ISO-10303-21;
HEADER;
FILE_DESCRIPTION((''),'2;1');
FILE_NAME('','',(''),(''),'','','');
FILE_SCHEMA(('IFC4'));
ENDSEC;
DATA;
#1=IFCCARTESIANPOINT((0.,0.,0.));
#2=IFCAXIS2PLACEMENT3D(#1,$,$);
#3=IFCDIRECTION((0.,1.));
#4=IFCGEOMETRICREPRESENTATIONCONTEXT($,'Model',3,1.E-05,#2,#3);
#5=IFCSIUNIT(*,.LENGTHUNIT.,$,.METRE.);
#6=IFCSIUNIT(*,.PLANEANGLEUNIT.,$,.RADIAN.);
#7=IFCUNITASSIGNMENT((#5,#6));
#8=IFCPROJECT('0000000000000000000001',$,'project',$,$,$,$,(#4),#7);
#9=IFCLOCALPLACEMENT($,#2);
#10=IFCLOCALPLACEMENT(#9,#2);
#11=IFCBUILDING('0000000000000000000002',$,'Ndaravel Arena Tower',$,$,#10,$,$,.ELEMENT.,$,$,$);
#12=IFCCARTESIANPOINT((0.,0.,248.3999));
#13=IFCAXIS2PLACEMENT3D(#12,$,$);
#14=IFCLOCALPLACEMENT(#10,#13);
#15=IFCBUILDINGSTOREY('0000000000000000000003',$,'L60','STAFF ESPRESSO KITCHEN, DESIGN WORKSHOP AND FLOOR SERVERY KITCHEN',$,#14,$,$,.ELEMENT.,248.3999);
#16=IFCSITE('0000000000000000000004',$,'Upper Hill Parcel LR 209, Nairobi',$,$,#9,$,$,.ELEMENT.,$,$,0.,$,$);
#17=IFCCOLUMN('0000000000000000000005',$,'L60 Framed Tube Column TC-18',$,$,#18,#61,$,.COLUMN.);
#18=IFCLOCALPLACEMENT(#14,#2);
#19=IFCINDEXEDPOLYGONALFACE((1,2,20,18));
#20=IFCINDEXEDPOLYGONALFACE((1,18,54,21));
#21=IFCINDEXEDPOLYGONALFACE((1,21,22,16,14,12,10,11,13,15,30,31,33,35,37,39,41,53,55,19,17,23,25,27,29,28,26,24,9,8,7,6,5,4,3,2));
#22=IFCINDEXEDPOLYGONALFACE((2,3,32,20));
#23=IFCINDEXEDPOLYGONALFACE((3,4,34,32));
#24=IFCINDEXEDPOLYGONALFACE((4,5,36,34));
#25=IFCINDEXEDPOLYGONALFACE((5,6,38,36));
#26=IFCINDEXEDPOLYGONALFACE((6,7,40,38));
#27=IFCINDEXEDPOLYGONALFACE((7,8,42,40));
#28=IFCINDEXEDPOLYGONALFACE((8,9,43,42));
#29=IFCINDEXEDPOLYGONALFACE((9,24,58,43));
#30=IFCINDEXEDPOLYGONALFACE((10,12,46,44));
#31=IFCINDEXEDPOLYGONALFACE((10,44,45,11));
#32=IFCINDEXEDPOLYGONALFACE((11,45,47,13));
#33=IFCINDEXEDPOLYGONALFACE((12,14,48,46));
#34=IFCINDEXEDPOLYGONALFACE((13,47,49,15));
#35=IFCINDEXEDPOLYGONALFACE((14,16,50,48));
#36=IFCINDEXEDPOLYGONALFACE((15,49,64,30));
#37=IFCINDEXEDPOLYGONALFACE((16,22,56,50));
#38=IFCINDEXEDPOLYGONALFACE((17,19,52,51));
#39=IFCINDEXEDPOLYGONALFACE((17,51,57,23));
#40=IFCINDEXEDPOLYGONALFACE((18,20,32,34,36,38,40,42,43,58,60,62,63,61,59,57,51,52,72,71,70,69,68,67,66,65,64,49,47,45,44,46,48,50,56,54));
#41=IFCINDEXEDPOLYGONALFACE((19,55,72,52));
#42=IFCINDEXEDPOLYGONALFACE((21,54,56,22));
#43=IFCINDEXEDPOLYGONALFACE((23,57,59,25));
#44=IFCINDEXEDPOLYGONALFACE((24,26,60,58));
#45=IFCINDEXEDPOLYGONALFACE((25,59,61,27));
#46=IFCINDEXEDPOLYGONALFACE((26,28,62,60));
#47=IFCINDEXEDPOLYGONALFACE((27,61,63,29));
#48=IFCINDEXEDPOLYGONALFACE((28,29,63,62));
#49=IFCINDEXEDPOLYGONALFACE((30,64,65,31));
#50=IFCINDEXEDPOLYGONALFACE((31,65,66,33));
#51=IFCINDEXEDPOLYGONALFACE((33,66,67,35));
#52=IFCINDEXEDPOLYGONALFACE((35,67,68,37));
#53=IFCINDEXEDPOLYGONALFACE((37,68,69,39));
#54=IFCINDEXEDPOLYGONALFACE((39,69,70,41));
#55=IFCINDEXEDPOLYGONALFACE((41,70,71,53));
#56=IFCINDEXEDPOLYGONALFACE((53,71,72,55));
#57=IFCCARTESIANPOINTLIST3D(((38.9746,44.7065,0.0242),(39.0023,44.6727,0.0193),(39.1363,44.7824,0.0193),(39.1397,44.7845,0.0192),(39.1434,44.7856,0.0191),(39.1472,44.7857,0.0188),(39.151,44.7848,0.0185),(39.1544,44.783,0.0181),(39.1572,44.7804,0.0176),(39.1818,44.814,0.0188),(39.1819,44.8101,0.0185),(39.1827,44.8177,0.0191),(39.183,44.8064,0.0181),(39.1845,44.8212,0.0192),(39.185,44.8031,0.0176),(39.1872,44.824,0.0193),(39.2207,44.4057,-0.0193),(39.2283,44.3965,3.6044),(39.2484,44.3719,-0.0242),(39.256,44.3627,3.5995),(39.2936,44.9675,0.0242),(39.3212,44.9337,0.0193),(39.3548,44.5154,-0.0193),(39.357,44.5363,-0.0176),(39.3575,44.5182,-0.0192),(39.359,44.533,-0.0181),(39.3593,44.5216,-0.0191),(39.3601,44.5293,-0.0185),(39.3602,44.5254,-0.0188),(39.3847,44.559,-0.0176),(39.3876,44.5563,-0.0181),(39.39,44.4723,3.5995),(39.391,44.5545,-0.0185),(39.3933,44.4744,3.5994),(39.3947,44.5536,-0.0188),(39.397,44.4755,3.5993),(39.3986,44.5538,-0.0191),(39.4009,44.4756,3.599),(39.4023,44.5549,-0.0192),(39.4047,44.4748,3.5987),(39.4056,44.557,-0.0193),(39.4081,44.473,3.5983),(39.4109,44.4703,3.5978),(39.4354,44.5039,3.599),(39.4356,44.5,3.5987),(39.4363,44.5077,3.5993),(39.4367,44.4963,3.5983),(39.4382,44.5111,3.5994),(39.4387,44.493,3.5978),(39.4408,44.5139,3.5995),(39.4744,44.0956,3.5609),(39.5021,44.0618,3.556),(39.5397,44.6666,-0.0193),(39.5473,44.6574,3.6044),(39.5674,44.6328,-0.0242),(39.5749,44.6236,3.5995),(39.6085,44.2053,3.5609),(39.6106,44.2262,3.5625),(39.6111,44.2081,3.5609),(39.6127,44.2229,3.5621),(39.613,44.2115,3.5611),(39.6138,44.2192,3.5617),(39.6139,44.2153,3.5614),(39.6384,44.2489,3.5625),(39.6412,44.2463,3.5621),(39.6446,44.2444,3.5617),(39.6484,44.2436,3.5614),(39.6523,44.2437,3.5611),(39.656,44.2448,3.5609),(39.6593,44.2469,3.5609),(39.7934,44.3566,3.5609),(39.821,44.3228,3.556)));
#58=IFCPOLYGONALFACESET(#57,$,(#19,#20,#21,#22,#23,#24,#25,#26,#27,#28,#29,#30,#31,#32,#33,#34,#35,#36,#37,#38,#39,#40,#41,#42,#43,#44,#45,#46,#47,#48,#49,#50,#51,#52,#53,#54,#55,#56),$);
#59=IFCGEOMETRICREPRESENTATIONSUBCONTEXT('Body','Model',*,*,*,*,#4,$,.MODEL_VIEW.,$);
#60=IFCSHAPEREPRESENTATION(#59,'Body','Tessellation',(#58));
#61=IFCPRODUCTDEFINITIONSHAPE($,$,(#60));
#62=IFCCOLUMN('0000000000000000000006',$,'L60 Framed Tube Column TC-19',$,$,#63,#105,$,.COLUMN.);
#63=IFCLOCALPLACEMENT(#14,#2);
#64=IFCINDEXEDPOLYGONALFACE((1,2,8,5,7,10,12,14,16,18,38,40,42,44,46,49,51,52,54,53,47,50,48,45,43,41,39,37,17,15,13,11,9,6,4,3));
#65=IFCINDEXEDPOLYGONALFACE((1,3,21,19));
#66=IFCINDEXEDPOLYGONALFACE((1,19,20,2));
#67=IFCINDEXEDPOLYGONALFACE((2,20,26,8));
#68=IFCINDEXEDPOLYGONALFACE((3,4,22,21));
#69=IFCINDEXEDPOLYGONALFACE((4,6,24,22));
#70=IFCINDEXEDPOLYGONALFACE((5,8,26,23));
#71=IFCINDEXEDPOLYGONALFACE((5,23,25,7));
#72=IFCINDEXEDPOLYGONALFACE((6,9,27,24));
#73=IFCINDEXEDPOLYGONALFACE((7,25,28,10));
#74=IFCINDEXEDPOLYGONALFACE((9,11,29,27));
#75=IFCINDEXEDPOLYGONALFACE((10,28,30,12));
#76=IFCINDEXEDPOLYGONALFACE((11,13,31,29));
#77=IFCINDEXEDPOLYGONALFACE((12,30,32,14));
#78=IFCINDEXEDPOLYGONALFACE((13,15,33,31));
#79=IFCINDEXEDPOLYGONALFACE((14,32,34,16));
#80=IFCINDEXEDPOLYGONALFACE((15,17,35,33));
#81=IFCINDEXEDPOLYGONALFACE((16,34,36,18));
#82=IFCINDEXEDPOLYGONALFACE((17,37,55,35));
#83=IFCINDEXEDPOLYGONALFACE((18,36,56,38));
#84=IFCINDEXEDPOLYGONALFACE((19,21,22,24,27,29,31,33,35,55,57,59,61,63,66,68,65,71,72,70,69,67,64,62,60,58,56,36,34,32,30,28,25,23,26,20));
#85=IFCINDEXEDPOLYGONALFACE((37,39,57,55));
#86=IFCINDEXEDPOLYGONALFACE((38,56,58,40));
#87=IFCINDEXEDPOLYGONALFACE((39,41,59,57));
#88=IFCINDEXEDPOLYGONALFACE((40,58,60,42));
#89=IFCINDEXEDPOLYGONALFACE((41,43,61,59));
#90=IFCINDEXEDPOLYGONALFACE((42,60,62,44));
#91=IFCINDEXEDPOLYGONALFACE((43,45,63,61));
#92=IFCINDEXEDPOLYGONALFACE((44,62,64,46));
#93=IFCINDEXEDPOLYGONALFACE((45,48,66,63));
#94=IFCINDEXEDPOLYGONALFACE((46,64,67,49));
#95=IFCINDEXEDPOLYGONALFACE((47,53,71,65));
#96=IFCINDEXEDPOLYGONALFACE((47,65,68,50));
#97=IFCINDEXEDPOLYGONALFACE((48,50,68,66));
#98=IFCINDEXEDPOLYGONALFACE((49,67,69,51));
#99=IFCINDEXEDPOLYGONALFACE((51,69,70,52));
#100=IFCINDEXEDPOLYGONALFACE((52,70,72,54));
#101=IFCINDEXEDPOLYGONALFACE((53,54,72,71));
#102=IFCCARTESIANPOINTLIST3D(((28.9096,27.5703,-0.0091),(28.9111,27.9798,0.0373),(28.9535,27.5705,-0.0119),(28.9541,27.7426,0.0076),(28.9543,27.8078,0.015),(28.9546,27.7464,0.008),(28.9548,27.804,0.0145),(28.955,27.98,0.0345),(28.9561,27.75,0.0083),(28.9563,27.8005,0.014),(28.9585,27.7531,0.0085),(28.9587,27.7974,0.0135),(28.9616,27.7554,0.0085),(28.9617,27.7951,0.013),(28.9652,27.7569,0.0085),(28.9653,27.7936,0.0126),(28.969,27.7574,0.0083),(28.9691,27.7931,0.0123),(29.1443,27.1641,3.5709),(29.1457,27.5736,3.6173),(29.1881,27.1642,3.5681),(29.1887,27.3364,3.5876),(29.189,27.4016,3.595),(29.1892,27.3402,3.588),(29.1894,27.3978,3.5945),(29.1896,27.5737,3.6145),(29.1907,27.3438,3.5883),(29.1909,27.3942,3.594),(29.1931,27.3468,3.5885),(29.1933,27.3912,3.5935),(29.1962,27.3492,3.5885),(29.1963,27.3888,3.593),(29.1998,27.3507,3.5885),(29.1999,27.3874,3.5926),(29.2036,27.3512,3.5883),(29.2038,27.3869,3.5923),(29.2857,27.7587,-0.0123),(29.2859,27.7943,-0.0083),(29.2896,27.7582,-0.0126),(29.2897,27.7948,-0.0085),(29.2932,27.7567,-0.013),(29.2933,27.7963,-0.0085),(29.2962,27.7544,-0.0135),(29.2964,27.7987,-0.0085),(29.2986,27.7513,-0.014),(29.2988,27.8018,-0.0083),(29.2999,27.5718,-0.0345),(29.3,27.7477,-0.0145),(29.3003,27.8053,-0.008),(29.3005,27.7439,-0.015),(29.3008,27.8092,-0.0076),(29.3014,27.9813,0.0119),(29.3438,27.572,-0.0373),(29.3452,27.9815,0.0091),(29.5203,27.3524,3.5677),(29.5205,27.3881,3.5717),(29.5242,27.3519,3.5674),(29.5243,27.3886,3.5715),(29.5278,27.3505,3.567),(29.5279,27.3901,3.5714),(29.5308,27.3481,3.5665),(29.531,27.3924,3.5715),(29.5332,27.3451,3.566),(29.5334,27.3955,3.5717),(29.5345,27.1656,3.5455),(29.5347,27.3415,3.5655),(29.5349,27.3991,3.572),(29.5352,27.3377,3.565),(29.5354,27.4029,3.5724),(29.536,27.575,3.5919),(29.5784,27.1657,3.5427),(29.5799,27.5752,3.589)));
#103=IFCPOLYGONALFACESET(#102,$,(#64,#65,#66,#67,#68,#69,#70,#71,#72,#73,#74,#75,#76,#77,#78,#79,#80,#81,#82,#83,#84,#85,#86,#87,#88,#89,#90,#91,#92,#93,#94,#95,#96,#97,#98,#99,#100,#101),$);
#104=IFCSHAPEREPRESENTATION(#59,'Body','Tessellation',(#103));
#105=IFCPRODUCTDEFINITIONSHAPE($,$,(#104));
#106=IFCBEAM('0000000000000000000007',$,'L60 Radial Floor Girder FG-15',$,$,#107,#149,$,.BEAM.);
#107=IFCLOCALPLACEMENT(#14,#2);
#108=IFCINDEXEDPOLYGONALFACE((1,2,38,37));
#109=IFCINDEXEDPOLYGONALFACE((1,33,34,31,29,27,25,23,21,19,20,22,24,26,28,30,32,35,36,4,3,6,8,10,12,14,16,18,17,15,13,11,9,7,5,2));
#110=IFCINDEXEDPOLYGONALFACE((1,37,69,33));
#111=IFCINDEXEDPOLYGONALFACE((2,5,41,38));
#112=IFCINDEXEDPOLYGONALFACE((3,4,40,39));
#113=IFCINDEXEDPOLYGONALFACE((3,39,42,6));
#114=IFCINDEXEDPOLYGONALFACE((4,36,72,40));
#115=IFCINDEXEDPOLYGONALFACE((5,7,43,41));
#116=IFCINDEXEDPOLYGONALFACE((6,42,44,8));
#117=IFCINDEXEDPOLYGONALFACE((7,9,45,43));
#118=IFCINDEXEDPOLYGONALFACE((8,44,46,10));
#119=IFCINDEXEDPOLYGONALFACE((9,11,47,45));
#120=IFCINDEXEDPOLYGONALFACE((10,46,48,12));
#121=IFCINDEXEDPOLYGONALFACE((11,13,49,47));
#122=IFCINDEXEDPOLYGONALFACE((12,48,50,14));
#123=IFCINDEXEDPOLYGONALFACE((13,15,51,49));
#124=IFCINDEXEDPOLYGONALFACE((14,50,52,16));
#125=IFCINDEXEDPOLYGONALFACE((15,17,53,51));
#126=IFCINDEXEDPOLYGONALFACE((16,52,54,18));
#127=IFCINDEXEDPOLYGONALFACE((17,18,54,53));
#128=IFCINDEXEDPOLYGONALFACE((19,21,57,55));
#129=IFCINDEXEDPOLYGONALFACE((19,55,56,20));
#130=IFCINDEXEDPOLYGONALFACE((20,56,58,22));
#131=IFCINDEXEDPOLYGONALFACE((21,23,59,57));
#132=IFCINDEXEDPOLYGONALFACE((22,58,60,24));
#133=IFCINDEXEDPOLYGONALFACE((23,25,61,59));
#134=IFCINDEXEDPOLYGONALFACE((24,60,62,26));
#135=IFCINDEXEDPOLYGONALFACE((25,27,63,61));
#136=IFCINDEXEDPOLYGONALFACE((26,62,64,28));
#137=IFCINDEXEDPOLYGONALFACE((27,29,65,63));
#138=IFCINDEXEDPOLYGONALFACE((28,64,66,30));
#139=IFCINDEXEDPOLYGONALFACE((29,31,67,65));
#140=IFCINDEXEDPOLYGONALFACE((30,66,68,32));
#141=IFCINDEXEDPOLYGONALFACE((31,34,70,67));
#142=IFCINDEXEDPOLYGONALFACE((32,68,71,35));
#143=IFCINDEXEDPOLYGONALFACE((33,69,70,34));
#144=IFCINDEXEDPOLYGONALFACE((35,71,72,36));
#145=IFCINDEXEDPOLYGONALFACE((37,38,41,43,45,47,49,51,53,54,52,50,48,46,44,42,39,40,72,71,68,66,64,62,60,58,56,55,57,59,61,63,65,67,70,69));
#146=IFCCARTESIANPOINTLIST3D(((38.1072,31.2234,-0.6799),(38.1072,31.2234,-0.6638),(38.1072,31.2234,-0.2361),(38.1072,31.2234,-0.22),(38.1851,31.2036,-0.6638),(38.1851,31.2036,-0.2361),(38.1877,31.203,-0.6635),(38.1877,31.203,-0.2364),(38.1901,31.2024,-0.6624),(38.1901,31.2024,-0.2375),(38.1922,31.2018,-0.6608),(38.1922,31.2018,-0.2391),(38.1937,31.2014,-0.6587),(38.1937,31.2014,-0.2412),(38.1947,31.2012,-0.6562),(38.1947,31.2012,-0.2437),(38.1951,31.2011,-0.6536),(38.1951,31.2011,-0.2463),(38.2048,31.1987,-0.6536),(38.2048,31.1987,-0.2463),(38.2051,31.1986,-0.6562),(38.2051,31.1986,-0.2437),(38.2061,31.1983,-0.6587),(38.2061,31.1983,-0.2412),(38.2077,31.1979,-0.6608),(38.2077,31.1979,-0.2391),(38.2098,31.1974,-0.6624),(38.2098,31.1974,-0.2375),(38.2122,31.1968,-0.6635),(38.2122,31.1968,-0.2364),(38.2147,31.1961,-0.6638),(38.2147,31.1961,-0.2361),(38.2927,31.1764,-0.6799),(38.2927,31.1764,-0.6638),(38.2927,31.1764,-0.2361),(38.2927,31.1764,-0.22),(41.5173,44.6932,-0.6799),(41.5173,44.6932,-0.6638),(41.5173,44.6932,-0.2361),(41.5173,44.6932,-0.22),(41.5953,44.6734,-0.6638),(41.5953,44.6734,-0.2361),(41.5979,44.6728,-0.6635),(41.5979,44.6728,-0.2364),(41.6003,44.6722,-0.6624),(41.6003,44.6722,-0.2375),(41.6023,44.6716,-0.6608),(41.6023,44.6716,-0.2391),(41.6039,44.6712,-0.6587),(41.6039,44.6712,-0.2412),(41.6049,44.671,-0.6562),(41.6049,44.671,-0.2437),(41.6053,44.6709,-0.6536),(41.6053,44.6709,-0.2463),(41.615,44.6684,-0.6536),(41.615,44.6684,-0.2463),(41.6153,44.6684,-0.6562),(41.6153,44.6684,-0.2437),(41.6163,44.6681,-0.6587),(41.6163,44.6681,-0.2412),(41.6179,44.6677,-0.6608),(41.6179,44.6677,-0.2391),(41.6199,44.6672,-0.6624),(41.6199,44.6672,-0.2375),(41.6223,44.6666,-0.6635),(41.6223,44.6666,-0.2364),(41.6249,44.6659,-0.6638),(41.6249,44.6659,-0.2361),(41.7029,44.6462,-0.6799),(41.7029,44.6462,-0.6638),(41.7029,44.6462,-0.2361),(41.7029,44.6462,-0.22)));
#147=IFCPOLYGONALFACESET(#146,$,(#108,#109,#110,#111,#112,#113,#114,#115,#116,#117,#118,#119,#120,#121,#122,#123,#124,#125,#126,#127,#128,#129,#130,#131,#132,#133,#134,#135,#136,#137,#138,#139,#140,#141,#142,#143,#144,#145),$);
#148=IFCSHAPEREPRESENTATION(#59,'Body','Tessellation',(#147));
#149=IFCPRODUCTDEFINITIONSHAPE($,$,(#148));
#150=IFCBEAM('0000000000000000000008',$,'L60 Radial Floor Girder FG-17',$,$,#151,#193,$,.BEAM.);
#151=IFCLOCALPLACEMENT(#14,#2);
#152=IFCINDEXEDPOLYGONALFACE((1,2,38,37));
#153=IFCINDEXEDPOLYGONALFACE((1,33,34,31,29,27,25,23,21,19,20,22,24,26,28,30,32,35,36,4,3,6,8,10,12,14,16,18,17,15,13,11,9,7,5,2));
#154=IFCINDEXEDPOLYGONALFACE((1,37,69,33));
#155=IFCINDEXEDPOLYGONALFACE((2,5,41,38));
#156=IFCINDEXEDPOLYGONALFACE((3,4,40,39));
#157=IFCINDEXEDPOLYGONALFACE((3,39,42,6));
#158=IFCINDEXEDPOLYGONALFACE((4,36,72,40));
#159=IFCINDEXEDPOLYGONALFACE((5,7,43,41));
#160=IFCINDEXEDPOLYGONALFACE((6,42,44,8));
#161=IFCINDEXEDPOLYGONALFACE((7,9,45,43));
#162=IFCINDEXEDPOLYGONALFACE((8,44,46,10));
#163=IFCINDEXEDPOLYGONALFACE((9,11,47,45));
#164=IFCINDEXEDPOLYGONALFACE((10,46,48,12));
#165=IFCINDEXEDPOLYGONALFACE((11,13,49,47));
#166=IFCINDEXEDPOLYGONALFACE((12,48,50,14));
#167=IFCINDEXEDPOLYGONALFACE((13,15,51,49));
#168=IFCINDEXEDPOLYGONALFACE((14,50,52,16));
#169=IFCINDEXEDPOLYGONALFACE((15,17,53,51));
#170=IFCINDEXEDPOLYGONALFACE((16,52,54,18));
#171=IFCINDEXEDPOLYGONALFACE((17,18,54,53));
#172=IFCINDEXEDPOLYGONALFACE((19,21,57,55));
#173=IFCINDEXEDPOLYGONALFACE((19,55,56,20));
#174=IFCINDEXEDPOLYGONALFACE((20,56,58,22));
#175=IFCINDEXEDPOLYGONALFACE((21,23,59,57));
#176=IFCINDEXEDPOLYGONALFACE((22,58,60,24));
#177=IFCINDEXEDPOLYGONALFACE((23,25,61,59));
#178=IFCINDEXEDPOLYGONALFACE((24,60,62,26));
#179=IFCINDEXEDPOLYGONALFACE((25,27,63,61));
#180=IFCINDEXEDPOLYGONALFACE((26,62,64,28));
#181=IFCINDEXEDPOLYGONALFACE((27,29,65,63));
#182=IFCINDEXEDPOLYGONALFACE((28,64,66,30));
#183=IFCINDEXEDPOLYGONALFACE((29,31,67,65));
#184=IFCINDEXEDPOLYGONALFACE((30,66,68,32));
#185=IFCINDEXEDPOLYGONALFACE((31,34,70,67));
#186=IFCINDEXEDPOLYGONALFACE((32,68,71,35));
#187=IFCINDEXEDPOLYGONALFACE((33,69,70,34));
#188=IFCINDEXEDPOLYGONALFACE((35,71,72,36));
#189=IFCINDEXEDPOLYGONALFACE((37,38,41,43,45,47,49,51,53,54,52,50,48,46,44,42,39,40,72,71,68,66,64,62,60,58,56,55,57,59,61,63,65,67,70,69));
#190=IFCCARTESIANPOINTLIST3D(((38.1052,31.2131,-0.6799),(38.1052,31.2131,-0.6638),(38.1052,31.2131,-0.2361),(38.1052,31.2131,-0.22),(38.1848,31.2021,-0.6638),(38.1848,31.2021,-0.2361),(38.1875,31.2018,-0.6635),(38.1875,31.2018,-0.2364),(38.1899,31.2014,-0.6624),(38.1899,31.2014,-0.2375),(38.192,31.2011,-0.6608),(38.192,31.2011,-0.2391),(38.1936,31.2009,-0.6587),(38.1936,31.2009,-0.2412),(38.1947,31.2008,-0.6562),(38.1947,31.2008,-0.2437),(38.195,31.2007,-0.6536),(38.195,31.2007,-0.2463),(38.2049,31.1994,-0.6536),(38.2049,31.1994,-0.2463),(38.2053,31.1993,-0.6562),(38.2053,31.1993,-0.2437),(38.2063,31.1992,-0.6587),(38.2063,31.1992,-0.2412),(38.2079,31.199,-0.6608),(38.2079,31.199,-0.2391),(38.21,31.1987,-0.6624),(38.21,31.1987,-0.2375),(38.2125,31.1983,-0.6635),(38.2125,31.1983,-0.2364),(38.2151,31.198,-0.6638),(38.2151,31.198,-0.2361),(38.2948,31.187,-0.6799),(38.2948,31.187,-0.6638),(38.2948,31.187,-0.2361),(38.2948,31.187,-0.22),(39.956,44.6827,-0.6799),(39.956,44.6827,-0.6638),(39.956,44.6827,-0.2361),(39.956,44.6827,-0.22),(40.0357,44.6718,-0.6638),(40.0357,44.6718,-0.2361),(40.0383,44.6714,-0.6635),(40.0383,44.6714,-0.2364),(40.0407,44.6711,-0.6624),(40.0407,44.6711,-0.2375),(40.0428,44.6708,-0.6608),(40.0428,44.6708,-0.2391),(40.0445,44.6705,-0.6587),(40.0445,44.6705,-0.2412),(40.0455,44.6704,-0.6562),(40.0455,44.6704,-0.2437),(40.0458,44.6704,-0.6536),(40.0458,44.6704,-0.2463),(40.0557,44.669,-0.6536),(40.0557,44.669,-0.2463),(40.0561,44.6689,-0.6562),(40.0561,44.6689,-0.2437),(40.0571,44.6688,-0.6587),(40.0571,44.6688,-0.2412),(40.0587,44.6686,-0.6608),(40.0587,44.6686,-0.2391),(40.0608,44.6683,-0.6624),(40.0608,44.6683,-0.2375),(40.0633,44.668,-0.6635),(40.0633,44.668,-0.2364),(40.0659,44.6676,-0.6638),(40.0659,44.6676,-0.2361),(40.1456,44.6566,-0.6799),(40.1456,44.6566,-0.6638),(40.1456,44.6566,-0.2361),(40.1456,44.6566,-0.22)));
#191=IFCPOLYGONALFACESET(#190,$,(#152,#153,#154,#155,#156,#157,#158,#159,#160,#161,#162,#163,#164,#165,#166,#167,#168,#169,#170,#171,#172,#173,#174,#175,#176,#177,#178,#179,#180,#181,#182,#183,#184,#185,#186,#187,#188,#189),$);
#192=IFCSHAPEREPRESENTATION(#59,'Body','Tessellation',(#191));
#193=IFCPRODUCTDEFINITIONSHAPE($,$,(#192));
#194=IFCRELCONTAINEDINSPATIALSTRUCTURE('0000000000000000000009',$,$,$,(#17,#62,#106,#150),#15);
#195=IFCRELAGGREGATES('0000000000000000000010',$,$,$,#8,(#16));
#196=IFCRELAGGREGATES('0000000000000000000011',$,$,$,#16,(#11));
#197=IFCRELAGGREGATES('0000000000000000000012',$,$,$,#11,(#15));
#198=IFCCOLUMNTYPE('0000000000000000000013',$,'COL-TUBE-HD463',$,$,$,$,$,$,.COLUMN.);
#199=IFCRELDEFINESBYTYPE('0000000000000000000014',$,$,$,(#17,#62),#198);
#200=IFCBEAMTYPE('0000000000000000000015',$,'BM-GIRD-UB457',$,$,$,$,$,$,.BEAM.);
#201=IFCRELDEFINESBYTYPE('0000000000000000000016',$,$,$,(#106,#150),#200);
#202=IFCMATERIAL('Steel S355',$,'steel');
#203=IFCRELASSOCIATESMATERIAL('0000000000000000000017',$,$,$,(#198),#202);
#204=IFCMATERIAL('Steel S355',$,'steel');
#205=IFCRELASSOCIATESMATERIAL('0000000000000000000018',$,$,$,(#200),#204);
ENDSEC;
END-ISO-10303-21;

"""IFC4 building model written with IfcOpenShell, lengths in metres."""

from ifc_helpers import new_model, si_unit, direction, frame, origin, origin_2d, place, context, subcontext, project, spatial, i_section, extrude, material, material_profile, profile_set, type_object, element, save


model = new_model("IFC4")

# Units and contexts
model_context = context("Model", 3, precision=1e-05, world=origin(), true_north=direction((0.0, 1.0)))
body_context = subcontext(model_context, "Body", "Model", "MODEL_VIEW")
ifc_project = project(units=[si_unit("LENGTHUNIT", "METRE"), si_unit("PLANEANGLEUNIT", "RADIAN")], contexts=[model_context])

# Site, building, storey
site_placement = place(None, origin())
site = spatial("IfcSite", under=ifc_project, at=site_placement, Name="Upper Hill Parcel LR 209, Nairobi", CompositionType="ELEMENT", RefElevation=0.0)
building_placement = place(site_placement, origin())
building = spatial("IfcBuilding", under=site, at=building_placement, Name="Ndaravel Arena Tower", CompositionType="ELEMENT")
storey_placement = place(building_placement, frame((0.0, 0.0, 248.3999)))
storey = spatial("IfcBuildingStorey", under=building, at=storey_placement, Name="L60", Description="STAFF ESPRESSO KITCHEN, DESIGN WORKSHOP AND FLOOR SERVERY KITCHEN", CompositionType="ELEMENT", Elevation=248.3999)

# Columns
ifc_material_1 = material(Name="Steel S355", Category="steel")
ifc_material_profile_1 = material_profile(ifc_material_1, i_section(OverallWidth=0.4121, OverallDepth=0.4351, WebThickness=0.0359, FlangeThickness=0.0439, FilletRadius=0.0149, at=origin_2d()), Name="HD 400x463")
ifc_profile_set_1 = profile_set([ifc_material_profile_1], Name="Steel S355")
column_type_1 = type_object("IfcColumnType", Name="COL-TUBE-HD463", PredefinedType="COLUMN", material=ifc_profile_set_1)
column_1_placement = place(storey_placement, frame((39.271, 44.6697, 0.0), z_axis=(0.070414, -0.086069, 0.993798), x_axis=(0.773984, 0.633205, 0.0)))
element("IfcColumn", 1, at=column_1_placement, inside=storey, type_object=column_type_1, Name="L60 Framed Tube Column TC-18", PredefinedType="COLUMN", context=body_context, shape_type="SweptSolid", body=[
    extrude(i_section(OverallWidth=0.4121, OverallDepth=0.4351, WebThickness=0.0359, FlangeThickness=0.0439, FilletRadius=0.0149, at=origin_2d()), origin(), (0.0, 0.0, 1.0), 3.6025),
])
column_2_placement = place(storey_placement, frame((29.1274, 27.7759, 0.0), z_axis=(0.064979, -0.112513, 0.991523), x_axis=(0.003541, 0.993643, 0.112522)))
element("IfcColumn", 2, at=column_2_placement, inside=storey, type_object=column_type_1, Name="L60 Framed Tube Column TC-19", PredefinedType="COLUMN", context=body_context, shape_type="SweptSolid", body=[
    extrude(i_section(OverallWidth=0.4121, OverallDepth=0.4351, WebThickness=0.0359, FlangeThickness=0.0439, FilletRadius=0.0149, at=origin_2d()), origin(), (0.0, 0.0, 1.0), 3.6106),
])

# Beams
ifc_material_2 = material(Name="Steel S355", Category="steel")
ifc_material_profile_2 = material_profile(ifc_material_2, i_section(OverallWidth=0.1914, OverallDepth=0.46, WebThickness=0.01, FlangeThickness=0.0161, FilletRadius=0.0103, at=origin_2d()), Name="UB 457x191x82")
ifc_profile_set_2 = profile_set([ifc_material_profile_2], Name="Steel S355")
beam_type_1 = type_object("IfcBeamType", Name="BM-GIRD-UB457", PredefinedType="BEAM", material=ifc_profile_set_2)
beam_1_placement = place(storey_placement, frame((41.6101, 44.6697, -0.45), z_axis=(-0.245429, -0.969415, 0.0), x_axis=(0.969415, -0.245429, 0.0)))
element("IfcBeam", 3, at=beam_1_placement, inside=storey, type_object=beam_type_1, Name="L60 Radial Floor Girder FG-15", PredefinedType="BEAM", context=body_context, shape_type="SweptSolid", body=[
    extrude(i_section(OverallWidth=0.1914, OverallDepth=0.46, WebThickness=0.01, FlangeThickness=0.0161, FilletRadius=0.0103, at=origin_2d()), origin(), (0.0, 0.0, 1.0), 13.8948),
])
beam_2_placement = place(storey_placement, frame((40.0508, 44.6697, -0.45), z_axis=(-0.136128, -0.990691, 0.0), x_axis=(0.990691, -0.136128, 0.0)))
element("IfcBeam", 4, at=beam_2_placement, inside=storey, type_object=beam_type_1, Name="L60 Radial Floor Girder FG-17", PredefinedType="BEAM", context=body_context, shape_type="SweptSolid", body=[
    extrude(i_section(OverallWidth=0.1914, OverallDepth=0.46, WebThickness=0.01, FlangeThickness=0.0161, FilletRadius=0.0103, at=origin_2d()), origin(), (0.0, 0.0, 1.0), 13.5962),
])

save(model, "model.ifc")
